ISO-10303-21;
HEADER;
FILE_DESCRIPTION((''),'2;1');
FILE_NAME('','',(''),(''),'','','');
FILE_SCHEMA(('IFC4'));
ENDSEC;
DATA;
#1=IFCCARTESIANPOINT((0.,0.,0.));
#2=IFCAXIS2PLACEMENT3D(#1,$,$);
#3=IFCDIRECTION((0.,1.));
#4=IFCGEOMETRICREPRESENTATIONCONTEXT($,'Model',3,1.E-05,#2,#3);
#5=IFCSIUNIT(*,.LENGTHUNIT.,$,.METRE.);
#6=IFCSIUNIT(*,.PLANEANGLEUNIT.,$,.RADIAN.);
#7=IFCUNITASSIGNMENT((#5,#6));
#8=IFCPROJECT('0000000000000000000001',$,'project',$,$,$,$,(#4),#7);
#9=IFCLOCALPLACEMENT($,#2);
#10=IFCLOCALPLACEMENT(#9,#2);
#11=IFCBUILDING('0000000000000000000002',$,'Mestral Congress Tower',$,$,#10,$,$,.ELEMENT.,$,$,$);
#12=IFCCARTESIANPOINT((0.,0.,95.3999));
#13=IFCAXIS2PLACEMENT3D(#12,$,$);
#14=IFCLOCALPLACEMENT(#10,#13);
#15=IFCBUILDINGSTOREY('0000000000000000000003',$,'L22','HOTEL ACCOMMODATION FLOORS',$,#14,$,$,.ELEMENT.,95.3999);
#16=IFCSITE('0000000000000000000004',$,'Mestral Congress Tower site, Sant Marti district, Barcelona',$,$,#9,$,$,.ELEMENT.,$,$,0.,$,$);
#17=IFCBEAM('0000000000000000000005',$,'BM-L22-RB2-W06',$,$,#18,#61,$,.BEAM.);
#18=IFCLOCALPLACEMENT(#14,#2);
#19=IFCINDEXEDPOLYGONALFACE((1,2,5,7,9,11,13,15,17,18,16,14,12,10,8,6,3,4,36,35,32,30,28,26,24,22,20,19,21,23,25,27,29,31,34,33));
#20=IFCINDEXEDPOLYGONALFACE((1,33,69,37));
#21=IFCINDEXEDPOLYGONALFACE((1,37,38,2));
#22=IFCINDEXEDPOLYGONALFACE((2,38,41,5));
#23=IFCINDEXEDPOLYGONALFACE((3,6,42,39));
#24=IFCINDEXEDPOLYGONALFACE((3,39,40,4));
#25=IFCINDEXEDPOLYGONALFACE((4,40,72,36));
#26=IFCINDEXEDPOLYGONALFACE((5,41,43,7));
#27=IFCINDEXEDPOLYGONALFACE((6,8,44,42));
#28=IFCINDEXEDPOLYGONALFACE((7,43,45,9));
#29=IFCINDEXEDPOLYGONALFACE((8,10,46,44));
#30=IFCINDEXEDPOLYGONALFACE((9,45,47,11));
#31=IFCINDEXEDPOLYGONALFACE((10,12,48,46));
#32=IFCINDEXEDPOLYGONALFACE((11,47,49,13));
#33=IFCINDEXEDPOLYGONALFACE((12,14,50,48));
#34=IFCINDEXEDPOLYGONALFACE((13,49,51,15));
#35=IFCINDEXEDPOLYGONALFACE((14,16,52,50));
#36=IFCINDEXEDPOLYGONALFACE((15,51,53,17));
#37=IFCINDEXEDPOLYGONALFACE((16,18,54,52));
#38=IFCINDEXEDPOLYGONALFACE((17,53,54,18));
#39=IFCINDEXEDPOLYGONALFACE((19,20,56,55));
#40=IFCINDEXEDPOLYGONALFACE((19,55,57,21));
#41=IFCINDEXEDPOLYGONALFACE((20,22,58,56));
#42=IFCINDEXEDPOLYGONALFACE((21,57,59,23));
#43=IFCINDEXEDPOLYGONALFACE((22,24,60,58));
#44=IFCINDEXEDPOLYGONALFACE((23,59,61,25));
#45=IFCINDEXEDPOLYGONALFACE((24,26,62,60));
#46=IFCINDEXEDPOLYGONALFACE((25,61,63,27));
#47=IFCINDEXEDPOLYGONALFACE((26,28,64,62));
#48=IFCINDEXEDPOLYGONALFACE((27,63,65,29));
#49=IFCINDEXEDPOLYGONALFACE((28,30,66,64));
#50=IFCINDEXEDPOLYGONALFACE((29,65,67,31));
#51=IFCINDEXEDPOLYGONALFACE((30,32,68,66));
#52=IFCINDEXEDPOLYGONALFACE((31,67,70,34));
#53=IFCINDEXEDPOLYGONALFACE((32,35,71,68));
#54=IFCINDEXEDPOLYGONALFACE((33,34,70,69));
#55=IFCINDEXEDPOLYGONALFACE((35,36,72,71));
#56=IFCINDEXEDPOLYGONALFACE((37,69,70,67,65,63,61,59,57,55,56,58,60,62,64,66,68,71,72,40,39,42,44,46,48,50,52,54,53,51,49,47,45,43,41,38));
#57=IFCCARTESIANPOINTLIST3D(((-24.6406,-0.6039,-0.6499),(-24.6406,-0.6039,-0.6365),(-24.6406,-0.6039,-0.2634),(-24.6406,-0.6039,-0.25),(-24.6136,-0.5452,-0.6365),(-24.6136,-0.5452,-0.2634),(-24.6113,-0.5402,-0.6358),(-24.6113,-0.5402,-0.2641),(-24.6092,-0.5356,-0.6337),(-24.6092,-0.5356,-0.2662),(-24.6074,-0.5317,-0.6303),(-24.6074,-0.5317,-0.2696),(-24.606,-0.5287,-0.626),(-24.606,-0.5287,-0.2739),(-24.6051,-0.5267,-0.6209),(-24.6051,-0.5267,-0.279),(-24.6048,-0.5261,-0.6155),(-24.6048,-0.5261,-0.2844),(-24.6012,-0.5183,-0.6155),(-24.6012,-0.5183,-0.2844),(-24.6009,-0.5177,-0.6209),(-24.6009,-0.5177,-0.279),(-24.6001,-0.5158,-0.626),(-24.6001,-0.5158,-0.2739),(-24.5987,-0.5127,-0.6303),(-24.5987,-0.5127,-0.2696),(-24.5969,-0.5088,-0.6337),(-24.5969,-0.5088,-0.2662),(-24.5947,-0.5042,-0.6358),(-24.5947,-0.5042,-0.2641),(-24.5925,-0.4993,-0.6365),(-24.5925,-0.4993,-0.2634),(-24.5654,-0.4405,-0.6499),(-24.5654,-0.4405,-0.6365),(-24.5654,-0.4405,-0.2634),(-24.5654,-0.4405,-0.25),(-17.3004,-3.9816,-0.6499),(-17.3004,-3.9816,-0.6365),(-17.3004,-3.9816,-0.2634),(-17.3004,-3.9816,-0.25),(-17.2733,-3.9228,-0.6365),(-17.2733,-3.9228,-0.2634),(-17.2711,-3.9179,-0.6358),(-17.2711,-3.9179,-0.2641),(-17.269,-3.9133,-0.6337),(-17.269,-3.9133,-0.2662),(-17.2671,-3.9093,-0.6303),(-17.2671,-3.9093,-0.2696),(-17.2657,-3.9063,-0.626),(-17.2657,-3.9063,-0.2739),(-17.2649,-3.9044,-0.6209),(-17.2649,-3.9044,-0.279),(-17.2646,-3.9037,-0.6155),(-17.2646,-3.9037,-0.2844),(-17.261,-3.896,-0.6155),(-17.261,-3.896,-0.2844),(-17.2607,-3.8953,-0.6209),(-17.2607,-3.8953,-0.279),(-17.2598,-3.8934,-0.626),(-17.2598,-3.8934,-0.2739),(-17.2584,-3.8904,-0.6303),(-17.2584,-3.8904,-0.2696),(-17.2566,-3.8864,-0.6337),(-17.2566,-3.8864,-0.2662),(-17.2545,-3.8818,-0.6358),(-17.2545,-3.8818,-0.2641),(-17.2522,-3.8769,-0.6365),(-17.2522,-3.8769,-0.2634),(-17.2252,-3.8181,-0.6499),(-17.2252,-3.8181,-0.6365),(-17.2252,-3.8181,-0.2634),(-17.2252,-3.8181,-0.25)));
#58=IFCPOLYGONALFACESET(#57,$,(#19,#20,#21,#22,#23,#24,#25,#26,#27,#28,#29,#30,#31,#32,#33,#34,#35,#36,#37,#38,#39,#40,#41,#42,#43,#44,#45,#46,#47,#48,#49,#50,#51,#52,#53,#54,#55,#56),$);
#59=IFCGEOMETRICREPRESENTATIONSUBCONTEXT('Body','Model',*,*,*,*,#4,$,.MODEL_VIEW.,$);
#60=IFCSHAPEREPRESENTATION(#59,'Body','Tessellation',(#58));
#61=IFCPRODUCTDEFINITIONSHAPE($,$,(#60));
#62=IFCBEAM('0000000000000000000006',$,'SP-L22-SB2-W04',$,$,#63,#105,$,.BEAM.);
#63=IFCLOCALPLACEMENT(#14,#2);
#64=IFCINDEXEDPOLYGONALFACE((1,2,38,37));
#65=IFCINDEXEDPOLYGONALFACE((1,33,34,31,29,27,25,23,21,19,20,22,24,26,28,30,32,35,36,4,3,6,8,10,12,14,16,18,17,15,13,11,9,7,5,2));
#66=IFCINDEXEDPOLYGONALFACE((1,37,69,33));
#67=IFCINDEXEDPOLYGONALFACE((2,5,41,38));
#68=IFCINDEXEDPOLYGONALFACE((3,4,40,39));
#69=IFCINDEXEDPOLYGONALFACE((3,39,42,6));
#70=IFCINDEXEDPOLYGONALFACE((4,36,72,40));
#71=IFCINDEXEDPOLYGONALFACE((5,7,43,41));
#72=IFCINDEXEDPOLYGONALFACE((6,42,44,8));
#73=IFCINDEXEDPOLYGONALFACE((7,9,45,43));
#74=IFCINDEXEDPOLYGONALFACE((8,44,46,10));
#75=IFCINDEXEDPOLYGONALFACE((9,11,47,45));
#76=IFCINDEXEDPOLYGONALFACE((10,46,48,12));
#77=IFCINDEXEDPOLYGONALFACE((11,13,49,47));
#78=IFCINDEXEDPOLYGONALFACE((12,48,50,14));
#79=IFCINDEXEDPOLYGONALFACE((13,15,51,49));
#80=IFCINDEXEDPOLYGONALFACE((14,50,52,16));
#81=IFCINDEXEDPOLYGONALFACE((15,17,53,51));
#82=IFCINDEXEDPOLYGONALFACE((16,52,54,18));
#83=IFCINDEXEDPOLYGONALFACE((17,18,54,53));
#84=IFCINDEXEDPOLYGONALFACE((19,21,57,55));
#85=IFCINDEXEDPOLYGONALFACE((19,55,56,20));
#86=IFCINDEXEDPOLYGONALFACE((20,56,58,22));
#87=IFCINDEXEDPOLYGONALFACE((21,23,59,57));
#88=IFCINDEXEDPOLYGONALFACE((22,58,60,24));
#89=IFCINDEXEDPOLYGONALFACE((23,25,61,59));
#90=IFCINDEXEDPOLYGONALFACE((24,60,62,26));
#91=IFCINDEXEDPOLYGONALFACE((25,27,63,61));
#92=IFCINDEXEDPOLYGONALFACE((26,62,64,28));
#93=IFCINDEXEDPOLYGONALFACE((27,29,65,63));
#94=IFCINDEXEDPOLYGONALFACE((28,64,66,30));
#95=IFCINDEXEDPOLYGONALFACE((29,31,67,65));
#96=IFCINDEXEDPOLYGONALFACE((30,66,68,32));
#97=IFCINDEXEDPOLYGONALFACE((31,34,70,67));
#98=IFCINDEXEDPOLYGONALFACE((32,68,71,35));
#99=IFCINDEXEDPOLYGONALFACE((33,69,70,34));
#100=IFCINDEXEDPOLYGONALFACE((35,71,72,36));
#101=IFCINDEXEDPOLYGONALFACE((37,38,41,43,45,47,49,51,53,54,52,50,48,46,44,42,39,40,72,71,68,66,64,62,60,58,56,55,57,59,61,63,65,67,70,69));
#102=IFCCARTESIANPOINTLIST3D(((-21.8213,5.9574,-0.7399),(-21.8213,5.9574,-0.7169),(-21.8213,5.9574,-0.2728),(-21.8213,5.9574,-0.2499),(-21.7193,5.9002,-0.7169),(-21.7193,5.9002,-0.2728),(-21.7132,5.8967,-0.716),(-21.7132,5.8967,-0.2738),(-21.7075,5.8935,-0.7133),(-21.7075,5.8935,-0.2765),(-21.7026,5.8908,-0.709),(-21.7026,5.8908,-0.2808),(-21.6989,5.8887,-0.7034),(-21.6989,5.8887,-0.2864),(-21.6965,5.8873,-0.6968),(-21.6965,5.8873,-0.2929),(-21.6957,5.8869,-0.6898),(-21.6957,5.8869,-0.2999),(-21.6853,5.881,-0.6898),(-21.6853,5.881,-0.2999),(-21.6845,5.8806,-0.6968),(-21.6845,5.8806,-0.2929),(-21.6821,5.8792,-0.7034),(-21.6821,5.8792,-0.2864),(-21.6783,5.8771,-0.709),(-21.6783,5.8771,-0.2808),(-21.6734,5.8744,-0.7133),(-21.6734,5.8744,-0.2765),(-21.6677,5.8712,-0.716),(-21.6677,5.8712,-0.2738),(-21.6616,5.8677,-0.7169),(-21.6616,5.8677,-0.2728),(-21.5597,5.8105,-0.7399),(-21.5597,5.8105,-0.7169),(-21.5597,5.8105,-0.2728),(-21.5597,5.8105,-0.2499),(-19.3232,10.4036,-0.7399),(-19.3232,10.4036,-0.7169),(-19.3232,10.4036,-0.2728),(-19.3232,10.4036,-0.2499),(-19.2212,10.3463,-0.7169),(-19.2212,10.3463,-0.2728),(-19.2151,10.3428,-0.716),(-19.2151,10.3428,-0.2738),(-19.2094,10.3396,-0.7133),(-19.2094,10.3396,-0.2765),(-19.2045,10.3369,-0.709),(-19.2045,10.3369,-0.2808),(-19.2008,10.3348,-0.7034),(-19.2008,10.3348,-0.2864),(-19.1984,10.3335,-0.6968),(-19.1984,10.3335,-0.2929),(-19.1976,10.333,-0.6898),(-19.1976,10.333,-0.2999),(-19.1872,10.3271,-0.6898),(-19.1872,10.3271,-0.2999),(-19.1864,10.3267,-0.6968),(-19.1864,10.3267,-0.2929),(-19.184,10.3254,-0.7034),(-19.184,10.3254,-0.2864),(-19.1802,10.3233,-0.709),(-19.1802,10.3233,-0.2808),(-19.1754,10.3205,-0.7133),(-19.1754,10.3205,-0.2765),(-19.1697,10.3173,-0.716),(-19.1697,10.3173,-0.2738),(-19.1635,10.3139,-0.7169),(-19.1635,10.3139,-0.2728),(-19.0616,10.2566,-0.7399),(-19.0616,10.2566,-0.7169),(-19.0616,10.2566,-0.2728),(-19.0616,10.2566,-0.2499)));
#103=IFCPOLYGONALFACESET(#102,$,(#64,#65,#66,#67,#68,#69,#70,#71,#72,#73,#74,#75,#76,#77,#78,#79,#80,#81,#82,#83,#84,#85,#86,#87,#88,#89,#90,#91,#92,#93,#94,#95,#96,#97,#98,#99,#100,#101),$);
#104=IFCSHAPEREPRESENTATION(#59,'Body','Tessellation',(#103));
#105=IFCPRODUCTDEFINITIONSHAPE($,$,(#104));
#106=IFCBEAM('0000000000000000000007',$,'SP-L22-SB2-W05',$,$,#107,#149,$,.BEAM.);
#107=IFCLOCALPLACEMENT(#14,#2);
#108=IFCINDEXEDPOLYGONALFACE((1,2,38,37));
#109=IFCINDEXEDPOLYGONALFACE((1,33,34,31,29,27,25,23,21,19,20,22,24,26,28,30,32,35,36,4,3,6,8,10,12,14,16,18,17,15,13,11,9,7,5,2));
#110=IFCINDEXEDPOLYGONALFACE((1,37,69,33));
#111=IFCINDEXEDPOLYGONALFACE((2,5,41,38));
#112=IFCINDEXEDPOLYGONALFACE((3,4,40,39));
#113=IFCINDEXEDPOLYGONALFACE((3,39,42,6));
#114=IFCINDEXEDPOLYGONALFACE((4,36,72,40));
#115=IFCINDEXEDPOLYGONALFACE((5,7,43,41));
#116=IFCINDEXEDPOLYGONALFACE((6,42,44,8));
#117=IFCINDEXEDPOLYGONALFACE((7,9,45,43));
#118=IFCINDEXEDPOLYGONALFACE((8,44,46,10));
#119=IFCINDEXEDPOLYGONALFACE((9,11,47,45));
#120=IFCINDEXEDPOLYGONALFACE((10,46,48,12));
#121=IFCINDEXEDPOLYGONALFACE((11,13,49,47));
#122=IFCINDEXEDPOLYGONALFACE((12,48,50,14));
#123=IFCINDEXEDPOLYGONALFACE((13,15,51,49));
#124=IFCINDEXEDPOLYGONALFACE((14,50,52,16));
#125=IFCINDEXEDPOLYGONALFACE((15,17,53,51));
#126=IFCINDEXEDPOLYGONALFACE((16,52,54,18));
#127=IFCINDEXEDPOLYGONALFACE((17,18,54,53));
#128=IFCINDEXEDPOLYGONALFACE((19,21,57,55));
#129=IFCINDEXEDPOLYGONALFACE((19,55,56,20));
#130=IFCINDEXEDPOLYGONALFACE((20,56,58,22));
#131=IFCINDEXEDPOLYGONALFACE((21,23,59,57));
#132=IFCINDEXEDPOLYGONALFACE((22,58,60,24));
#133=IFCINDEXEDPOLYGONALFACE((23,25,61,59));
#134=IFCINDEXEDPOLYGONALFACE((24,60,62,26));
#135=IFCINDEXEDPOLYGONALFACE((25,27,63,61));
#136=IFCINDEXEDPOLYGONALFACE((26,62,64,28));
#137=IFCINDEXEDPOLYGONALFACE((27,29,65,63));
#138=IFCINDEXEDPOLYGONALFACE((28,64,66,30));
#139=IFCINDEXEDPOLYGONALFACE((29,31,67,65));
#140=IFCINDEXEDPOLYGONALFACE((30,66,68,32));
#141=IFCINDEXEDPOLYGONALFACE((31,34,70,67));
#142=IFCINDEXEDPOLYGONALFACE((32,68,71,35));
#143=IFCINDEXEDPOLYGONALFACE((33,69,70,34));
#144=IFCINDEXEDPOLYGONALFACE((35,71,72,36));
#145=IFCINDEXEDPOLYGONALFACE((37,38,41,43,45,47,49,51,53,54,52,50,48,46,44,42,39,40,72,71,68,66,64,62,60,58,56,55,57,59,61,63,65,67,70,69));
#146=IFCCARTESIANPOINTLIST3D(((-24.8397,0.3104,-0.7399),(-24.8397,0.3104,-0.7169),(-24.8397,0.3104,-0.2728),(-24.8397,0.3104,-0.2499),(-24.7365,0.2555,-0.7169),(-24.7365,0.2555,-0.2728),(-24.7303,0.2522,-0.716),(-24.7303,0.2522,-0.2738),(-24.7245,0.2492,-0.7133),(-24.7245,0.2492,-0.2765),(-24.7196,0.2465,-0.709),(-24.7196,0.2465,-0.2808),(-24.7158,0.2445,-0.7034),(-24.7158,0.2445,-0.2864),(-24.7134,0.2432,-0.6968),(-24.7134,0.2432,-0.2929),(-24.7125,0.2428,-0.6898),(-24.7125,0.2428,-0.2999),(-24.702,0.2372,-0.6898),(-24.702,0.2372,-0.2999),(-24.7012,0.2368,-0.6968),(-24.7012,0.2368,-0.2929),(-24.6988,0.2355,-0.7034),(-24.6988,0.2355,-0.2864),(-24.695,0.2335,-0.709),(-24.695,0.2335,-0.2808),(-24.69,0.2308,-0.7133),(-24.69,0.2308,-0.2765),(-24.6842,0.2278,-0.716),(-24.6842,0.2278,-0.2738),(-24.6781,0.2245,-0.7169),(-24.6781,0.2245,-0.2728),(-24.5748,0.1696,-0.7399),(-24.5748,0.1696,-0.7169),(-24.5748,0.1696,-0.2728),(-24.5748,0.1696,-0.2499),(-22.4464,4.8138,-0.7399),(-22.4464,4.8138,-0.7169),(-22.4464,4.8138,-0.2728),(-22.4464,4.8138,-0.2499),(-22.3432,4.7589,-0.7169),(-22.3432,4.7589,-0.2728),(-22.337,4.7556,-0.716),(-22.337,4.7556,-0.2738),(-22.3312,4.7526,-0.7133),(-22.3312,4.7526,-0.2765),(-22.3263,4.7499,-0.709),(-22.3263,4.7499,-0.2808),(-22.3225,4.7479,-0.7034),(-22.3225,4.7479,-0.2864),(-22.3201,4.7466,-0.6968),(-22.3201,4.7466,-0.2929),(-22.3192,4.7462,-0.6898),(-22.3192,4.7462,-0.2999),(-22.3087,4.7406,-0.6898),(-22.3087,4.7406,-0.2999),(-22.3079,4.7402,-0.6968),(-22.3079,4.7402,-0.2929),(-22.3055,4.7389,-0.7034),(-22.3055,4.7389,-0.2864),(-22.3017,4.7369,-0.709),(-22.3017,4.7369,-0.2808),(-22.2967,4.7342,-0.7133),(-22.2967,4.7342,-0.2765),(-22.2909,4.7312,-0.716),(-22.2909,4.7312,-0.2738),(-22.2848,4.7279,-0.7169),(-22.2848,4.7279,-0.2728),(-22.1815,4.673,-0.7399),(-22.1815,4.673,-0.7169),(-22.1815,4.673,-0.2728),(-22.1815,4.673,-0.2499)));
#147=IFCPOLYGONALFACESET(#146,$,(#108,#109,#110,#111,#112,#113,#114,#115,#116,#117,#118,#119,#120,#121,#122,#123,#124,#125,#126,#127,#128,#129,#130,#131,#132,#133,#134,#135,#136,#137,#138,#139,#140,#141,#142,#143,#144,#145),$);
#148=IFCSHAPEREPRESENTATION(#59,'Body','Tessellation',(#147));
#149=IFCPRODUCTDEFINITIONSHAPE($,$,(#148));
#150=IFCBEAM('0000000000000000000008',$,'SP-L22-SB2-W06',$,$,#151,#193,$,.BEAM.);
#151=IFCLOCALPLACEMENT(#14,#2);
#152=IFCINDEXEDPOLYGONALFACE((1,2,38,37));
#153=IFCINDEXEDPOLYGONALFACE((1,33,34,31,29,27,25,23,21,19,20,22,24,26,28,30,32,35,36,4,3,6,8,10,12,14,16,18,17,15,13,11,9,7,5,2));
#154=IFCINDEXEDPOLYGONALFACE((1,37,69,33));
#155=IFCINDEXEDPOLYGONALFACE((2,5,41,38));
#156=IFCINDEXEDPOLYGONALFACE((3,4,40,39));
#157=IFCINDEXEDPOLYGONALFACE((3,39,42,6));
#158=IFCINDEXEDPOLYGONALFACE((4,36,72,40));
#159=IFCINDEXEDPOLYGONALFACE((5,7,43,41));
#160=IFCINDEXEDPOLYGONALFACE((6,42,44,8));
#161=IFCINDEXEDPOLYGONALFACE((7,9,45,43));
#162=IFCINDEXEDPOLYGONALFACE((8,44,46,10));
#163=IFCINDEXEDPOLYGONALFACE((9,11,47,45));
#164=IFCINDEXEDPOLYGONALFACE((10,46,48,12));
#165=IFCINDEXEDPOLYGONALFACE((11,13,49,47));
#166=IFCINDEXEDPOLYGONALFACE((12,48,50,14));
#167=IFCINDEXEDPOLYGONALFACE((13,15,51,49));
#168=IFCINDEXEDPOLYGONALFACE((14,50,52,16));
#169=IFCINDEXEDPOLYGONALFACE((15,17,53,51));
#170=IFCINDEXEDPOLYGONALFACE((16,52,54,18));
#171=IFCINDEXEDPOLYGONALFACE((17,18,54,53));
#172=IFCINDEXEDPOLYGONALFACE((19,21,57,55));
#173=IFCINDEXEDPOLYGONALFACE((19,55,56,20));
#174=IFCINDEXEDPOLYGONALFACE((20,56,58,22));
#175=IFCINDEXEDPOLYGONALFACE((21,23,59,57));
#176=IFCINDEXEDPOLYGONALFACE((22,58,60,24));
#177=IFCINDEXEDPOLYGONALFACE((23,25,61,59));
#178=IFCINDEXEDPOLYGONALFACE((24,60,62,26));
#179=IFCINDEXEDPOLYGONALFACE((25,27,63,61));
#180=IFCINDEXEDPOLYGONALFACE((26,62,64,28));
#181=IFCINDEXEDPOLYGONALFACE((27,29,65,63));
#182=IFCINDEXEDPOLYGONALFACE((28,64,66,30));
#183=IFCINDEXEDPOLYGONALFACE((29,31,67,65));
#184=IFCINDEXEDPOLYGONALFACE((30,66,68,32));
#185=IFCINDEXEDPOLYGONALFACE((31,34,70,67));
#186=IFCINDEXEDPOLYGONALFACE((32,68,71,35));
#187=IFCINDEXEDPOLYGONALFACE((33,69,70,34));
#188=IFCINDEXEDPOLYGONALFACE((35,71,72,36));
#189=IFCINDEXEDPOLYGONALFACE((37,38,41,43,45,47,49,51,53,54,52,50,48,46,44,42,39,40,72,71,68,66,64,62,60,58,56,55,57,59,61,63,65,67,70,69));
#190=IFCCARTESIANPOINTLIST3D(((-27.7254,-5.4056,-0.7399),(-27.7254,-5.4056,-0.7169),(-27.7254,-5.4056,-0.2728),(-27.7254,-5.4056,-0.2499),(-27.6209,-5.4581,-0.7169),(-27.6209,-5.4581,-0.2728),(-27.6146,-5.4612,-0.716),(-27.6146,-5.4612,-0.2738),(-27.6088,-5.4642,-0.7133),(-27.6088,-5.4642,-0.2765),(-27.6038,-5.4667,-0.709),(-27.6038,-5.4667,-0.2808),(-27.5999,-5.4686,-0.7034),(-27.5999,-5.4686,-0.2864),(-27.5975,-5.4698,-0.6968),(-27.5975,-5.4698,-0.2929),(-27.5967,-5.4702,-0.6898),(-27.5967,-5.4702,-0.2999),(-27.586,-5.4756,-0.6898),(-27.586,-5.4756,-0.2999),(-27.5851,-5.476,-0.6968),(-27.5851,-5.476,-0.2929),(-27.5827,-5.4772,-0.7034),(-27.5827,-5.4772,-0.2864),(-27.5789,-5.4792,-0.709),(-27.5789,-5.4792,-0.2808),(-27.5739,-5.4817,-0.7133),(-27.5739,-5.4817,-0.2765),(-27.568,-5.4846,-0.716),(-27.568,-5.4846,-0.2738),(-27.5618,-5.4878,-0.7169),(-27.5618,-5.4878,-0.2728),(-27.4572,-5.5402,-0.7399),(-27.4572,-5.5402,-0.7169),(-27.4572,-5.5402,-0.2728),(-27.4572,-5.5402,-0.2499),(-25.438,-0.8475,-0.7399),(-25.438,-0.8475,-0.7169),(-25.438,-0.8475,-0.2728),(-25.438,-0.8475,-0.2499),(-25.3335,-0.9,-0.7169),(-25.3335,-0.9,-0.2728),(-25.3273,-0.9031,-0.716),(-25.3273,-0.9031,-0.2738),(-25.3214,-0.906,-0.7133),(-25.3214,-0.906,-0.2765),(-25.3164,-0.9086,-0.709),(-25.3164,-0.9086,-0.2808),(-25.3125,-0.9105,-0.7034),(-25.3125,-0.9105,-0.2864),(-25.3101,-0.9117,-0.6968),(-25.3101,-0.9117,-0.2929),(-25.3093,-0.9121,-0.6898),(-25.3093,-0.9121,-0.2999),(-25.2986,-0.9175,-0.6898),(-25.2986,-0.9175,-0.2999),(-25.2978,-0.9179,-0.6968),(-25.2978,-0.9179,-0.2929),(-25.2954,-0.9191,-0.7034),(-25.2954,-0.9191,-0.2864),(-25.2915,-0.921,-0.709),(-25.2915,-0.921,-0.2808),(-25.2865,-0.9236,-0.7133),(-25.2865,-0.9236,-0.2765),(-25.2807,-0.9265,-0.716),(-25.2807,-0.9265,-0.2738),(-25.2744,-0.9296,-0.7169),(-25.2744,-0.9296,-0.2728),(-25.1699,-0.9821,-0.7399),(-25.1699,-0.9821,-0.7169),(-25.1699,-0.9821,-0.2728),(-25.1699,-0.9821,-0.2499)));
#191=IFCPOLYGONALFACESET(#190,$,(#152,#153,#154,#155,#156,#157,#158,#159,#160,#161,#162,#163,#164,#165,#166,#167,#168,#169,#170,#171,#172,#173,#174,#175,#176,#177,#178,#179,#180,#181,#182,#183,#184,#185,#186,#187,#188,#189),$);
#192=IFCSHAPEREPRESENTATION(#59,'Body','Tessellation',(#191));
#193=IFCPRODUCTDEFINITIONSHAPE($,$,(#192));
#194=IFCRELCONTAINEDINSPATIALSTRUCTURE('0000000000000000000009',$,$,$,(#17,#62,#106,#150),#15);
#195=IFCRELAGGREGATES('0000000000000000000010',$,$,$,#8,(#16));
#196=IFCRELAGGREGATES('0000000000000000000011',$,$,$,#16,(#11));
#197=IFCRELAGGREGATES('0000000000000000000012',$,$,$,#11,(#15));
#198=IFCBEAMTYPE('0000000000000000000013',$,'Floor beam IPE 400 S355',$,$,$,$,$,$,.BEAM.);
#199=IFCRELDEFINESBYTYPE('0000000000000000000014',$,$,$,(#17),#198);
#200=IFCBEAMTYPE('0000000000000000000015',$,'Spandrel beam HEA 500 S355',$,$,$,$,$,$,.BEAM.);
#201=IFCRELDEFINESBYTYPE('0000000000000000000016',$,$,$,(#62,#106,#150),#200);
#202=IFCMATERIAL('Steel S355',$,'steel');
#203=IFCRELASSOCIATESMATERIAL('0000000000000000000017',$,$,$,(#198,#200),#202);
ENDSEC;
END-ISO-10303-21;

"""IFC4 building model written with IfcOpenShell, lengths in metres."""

from ifc_helpers import new_model, si_unit, direction, frame, origin, origin_2d, place, context, subcontext, project, spatial, i_section, extrude, material, material_profile, profile_set, type_object, element, save


model = new_model("IFC4")

# Units and contexts
model_context = context("Model", 3, precision=1e-05, world=origin(), true_north=direction((0.0, 1.0)))
body_context = subcontext(model_context, "Body", "Model", "MODEL_VIEW")
ifc_project = project(units=[si_unit("LENGTHUNIT", "METRE"), si_unit("PLANEANGLEUNIT", "RADIAN")], contexts=[model_context])

# Site, building, storey
site_placement = place(None, origin())
site = spatial("IfcSite", under=ifc_project, at=site_placement, Name="Mestral Congress Tower site, Sant Marti district, Barcelona", CompositionType="ELEMENT", RefElevation=0.0)
building_placement = place(site_placement, origin())
building = spatial("IfcBuilding", under=site, at=building_placement, Name="Mestral Congress Tower", CompositionType="ELEMENT")
storey_placement = place(building_placement, frame((0.0, 0.0, 95.3999)))
storey = spatial("IfcBuildingStorey", under=building, at=storey_placement, Name="L22", Description="HOTEL ACCOMMODATION FLOORS", CompositionType="ELEMENT", Elevation=95.3999)

# Beams
ifc_material_1 = material(Name="Steel S355", Category="steel")
ifc_material_profile_1 = material_profile(ifc_material_1, i_section(OverallWidth=0.1799, OverallDepth=0.3999, WebThickness=0.0085, FlangeThickness=0.0134, FilletRadius=0.021, at=origin_2d()), Name="IPE 400")
ifc_profile_set_1 = profile_set([ifc_material_profile_1], Name="Steel S355")
beam_type_1 = type_object("IfcBeamType", Name="Floor beam IPE 400 S355", PredefinedType="BEAM", material=ifc_profile_set_1)
beam_1_placement = place(storey_placement, frame((-24.603, -0.5222, -0.45), z_axis=(0.908437, -0.418021, 0.0), x_axis=(0.418021, 0.908437, 0.0)))
element("IfcBeam", 1, at=beam_1_placement, inside=storey, type_object=beam_type_1, Name="BM-L22-RB2-W06", PredefinedType="BEAM", context=body_context, shape_type="SweptSolid", body=[
    extrude(i_section(OverallWidth=0.1799, OverallDepth=0.3999, WebThickness=0.0085, FlangeThickness=0.0134, FilletRadius=0.021, at=origin_2d()), origin(), (0.0, 0.0, 1.0), 8.0801),
])
ifc_material_profile_2 = material_profile(ifc_material_1, i_section(OverallWidth=0.3, OverallDepth=0.49, WebThickness=0.012, FlangeThickness=0.0229, FilletRadius=0.0271, at=origin_2d()), Name="HEA 500")
ifc_profile_set_2 = profile_set([ifc_material_profile_2], Name="Steel S355")
beam_type_2 = type_object("IfcBeamType", Name="Spandrel beam HEA 500 S355", PredefinedType="BEAM", material=ifc_profile_set_2)
for number, where, z_axis, x_axis, name in (
    (2, (-19.1924, 10.3301, -0.4949), (-0.489836, -0.871815, 0.0), (0.871815, -0.489836, 0.0), "SP-L22-SB2-W04"),
    (3, (-22.314, 4.7434, -0.4949), (-0.469288, -0.883045, 0.0), (0.883045, -0.469288, 0.0), "SP-L22-SB2-W05"),
    (4, (-25.304, -0.9148, -0.4949), (-0.448515, -0.893775, 0.0), (0.893775, -0.448515, 0.0), "SP-L22-SB2-W06"),
):
    element("IfcBeam", number, at=place(storey_placement, frame(where, z_axis=z_axis, x_axis=x_axis)), inside=storey, type_object=beam_type_2, Name=name, PredefinedType="BEAM", context=body_context, shape_type="SweptSolid", body=[
        extrude(i_section(OverallWidth=0.3, OverallDepth=0.49, WebThickness=0.012, FlangeThickness=0.0229, FilletRadius=0.0271, at=origin_2d()), origin(), (0.0, 0.0, 1.0), 5.0999),
    ])

save(model, "model.ifc")
